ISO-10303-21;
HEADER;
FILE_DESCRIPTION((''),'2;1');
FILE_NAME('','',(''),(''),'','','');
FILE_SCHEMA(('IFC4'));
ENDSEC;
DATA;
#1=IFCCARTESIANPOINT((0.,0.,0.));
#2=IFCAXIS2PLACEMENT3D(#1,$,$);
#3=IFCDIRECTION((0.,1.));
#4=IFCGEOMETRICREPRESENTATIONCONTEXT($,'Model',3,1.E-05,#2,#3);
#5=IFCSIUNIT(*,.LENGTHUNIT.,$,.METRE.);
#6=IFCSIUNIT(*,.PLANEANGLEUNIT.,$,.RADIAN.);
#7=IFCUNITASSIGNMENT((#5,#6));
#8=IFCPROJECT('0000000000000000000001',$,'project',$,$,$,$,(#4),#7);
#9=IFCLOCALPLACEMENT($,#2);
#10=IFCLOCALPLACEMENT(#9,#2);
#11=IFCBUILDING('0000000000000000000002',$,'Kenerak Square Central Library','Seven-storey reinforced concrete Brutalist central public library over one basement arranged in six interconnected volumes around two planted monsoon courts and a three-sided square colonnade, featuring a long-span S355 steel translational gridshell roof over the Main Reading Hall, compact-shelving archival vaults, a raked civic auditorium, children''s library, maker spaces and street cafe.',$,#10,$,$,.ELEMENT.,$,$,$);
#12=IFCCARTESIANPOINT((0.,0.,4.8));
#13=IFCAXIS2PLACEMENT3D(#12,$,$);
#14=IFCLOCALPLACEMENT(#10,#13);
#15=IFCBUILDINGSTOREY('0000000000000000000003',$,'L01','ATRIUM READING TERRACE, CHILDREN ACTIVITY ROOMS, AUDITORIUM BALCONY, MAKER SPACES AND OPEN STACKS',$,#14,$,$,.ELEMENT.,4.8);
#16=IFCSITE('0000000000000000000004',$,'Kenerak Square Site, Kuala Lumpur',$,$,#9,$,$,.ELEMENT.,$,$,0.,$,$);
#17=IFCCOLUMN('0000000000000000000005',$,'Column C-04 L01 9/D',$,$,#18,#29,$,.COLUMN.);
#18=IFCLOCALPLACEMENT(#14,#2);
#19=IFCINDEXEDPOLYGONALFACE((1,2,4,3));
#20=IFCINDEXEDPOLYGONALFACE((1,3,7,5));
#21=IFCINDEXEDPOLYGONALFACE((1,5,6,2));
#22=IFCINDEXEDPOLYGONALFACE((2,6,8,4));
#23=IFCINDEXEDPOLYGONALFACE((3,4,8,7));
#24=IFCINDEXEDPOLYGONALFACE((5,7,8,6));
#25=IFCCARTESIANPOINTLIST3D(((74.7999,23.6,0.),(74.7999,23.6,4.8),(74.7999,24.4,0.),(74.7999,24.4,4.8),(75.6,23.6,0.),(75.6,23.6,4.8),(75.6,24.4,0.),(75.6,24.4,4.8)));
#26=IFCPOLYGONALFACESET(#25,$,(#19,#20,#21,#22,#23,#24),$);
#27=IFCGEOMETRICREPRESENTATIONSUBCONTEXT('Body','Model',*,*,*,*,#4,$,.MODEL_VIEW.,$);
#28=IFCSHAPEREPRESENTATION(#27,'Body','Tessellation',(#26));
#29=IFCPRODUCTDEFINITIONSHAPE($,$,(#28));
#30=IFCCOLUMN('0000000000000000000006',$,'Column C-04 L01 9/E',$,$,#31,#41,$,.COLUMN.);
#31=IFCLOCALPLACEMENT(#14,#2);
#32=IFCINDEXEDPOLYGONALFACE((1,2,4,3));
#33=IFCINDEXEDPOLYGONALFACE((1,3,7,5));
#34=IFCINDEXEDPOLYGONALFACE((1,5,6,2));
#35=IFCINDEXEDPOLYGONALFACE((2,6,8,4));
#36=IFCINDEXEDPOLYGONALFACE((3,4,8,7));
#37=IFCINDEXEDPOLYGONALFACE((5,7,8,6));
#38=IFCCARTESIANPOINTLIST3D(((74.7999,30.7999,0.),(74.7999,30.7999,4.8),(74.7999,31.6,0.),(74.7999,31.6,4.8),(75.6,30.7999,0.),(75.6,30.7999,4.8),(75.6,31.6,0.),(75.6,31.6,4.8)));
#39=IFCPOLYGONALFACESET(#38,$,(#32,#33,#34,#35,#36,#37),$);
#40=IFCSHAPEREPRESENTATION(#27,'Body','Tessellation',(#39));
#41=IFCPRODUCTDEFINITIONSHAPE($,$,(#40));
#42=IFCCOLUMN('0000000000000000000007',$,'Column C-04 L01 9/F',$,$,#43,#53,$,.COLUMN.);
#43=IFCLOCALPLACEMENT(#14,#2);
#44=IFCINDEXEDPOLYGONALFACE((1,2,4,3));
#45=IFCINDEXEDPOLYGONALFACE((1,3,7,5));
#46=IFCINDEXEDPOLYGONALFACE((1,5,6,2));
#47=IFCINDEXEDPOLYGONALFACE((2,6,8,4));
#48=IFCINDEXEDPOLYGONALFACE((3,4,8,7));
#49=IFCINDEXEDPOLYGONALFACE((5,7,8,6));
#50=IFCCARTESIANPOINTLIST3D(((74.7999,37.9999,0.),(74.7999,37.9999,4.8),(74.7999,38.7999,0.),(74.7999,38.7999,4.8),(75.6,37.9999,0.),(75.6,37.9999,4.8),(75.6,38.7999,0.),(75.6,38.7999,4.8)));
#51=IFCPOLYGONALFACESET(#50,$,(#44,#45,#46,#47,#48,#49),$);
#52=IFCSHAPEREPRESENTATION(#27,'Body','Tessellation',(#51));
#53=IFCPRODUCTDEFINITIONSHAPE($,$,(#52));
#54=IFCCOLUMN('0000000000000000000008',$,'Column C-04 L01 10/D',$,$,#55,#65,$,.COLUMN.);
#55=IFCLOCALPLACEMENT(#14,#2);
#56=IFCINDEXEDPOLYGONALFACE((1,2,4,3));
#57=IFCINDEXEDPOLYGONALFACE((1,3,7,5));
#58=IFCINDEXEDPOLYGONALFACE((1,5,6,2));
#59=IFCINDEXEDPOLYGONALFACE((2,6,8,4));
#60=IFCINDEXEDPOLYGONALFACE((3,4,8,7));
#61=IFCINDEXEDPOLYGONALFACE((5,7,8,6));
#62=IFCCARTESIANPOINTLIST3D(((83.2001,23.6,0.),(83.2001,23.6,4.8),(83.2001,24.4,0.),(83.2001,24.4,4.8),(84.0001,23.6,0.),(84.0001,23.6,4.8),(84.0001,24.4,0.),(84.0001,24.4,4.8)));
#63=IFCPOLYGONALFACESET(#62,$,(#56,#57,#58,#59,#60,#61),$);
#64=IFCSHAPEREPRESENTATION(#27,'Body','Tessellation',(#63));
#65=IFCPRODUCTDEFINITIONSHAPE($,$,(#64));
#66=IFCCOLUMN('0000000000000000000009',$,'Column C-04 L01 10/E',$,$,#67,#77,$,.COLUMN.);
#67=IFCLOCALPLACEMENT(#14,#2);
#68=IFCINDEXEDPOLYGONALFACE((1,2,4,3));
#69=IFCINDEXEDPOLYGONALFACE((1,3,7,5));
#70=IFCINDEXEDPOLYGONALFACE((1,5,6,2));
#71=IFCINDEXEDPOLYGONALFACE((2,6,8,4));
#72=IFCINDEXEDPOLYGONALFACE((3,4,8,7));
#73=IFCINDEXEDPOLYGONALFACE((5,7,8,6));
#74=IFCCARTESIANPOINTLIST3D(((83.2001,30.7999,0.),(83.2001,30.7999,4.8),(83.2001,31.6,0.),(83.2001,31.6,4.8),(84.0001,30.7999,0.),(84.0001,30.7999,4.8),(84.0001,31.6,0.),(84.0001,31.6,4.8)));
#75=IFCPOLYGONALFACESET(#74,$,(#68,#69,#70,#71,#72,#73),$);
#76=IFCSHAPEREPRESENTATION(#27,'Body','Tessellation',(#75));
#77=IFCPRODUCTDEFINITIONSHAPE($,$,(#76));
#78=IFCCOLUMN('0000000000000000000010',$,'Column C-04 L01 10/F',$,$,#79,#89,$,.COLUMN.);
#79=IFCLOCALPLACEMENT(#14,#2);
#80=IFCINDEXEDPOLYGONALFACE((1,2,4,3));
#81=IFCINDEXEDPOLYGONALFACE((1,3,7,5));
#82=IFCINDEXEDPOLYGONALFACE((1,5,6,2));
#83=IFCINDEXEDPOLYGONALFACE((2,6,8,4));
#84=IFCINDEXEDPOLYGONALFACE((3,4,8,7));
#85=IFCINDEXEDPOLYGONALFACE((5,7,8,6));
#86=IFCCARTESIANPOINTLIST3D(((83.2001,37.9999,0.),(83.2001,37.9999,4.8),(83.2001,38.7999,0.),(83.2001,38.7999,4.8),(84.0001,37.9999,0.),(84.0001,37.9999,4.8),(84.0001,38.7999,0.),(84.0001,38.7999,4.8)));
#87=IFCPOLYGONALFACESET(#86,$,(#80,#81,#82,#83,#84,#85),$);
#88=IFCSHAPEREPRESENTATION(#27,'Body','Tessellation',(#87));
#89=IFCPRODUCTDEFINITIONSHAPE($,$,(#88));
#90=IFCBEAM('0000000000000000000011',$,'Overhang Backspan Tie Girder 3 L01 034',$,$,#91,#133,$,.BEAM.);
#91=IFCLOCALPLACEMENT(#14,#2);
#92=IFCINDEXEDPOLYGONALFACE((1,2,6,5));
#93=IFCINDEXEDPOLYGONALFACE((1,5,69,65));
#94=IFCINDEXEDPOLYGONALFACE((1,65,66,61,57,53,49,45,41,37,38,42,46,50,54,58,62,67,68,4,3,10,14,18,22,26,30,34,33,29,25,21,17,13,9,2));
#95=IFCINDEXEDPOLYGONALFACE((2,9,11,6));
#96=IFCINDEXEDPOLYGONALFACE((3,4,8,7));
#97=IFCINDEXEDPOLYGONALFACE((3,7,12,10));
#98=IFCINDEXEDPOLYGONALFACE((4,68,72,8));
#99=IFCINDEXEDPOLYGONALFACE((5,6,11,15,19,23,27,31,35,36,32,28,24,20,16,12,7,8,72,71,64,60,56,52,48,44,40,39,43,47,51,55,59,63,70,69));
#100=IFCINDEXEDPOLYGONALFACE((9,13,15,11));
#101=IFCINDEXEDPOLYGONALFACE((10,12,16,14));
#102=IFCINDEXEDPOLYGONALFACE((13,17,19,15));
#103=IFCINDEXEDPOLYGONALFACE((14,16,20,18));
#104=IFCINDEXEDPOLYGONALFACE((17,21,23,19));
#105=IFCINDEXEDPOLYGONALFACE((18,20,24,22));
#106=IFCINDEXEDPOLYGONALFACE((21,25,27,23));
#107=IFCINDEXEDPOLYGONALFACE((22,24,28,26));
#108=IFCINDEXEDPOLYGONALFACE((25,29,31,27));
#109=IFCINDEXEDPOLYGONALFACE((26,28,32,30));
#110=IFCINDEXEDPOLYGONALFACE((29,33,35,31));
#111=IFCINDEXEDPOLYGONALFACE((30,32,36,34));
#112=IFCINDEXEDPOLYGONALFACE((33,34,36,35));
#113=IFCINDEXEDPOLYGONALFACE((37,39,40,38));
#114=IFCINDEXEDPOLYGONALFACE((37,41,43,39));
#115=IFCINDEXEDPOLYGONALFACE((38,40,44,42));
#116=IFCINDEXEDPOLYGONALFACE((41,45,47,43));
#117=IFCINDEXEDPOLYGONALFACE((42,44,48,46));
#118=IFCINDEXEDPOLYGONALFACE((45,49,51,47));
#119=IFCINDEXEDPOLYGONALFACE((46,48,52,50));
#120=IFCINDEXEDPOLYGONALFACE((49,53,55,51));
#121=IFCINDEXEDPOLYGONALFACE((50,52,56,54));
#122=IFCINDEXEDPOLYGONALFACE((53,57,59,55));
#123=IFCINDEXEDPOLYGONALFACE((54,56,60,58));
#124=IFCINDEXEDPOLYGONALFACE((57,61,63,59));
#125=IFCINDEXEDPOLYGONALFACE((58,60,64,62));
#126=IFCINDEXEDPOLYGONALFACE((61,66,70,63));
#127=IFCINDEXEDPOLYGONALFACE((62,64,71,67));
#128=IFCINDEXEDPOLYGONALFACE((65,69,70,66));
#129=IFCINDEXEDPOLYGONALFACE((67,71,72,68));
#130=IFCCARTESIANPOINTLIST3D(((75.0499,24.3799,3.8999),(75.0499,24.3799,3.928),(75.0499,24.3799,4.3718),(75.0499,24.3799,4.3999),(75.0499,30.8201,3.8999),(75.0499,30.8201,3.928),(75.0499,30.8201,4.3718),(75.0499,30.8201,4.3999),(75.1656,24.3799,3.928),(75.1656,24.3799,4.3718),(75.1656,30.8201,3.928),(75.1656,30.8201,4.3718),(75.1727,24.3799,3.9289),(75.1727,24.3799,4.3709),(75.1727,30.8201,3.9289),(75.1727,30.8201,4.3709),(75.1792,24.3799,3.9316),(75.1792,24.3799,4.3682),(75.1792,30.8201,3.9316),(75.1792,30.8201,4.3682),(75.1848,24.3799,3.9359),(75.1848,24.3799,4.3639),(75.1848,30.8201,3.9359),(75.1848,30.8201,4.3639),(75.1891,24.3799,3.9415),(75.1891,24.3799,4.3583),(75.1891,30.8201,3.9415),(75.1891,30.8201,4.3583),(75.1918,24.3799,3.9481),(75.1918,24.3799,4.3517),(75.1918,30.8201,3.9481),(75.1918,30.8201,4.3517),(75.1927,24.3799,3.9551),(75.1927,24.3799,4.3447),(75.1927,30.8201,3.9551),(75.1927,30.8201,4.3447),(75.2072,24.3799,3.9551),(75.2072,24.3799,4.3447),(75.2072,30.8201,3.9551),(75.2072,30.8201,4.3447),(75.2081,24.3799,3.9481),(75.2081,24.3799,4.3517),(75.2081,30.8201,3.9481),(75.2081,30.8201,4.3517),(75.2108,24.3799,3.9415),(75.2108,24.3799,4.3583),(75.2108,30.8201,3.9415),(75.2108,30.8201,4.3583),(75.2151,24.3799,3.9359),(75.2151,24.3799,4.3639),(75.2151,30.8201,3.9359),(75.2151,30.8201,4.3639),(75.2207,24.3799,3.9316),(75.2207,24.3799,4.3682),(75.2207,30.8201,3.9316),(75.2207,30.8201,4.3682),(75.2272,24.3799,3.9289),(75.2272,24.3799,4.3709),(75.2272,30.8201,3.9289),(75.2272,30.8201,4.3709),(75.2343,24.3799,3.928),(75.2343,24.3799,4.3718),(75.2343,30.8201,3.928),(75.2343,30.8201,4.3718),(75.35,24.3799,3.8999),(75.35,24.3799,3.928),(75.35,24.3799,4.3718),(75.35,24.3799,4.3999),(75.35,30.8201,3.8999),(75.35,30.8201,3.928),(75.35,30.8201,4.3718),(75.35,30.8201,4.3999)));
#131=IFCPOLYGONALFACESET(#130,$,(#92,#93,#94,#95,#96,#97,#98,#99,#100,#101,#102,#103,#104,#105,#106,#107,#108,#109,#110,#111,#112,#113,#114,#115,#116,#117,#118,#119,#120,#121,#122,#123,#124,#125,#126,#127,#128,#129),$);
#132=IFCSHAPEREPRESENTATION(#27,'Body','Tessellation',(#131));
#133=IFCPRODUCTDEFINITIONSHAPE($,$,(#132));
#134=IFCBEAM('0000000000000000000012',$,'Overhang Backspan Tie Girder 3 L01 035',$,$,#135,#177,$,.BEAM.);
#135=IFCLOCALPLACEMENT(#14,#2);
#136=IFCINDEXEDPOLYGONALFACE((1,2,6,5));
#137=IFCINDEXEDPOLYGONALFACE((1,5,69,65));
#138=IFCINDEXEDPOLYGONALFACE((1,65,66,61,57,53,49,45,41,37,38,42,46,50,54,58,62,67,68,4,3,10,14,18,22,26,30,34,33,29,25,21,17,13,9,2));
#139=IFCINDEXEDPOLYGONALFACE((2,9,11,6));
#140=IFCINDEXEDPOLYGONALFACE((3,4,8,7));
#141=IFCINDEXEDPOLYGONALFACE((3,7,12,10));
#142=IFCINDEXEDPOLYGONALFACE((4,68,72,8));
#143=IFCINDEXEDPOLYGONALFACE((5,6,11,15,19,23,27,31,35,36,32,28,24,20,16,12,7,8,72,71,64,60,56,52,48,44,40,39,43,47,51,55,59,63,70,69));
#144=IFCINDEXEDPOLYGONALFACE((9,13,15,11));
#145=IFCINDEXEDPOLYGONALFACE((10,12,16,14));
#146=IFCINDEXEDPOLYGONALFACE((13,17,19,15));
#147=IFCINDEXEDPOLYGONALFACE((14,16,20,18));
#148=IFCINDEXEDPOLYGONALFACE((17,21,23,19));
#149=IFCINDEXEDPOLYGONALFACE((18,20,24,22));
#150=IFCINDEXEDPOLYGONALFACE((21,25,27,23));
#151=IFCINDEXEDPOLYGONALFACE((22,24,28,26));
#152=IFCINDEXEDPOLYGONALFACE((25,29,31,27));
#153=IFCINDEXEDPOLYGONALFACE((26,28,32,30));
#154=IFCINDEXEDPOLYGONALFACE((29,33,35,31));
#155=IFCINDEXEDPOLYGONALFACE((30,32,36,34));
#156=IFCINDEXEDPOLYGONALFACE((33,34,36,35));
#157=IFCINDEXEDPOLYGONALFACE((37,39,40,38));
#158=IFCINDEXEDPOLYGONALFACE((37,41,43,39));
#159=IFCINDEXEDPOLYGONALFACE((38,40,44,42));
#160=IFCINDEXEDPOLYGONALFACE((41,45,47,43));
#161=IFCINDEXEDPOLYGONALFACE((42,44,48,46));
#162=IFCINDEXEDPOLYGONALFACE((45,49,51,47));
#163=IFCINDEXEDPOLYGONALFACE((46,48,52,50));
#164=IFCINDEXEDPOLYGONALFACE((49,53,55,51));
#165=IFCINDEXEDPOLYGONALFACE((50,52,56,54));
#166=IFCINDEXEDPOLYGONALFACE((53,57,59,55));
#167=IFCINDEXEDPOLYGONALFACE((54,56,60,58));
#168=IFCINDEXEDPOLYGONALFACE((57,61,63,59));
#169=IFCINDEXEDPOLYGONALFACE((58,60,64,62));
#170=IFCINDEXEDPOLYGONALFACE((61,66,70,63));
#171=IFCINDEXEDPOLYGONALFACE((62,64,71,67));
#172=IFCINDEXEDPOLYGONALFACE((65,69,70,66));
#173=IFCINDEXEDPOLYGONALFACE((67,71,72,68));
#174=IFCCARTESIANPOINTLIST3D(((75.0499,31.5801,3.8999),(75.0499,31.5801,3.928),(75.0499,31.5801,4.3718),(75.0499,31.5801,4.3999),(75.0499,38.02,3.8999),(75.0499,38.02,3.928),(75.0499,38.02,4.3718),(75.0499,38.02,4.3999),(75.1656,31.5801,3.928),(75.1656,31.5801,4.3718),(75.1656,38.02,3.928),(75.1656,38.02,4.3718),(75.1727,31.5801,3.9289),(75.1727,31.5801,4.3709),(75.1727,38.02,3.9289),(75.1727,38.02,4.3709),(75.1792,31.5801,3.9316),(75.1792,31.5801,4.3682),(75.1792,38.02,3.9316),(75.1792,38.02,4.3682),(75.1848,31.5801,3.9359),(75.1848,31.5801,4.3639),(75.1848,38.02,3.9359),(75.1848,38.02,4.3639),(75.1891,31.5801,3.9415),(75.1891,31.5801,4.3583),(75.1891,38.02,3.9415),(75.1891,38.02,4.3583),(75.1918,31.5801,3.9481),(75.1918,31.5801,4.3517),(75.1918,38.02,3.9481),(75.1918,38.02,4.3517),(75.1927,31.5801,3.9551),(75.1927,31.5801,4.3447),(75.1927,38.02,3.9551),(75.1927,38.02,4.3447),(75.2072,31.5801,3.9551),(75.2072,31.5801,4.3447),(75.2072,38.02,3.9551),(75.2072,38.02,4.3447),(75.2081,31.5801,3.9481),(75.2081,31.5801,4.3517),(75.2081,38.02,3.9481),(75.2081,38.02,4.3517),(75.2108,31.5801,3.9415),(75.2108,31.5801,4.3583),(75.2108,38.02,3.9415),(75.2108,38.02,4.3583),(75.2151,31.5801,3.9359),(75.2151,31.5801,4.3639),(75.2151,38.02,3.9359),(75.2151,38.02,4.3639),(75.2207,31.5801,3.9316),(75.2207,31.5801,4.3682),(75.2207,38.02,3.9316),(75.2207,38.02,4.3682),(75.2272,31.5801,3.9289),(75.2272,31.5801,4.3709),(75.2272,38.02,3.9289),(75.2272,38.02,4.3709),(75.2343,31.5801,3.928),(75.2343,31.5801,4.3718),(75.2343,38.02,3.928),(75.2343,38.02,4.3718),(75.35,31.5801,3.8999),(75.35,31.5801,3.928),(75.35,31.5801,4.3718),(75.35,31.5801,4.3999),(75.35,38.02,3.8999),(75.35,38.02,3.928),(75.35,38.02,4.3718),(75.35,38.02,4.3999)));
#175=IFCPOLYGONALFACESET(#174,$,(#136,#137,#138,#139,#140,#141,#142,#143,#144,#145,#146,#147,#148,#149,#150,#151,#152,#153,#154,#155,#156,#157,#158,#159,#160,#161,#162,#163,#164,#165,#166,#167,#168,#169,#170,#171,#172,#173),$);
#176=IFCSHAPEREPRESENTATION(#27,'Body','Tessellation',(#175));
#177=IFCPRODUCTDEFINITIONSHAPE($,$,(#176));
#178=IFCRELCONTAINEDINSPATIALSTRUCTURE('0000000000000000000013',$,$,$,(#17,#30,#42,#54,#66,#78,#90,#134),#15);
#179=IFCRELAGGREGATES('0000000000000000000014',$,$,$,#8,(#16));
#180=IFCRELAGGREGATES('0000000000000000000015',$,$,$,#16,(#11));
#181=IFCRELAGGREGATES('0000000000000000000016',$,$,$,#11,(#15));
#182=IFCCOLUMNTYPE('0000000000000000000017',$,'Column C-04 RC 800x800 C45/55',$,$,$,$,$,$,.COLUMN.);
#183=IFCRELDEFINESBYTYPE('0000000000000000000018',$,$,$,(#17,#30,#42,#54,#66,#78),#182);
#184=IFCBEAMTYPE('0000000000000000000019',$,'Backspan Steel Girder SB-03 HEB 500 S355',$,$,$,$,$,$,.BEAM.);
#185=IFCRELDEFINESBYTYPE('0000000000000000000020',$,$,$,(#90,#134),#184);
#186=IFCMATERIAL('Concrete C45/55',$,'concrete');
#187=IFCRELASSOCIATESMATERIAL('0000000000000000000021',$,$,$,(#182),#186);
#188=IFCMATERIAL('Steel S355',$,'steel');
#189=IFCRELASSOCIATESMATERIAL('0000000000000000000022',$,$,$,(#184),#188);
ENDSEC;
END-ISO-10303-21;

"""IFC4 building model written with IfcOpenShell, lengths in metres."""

from ifc_helpers import new_model, si_unit, direction, frame, origin, origin_2d, place, context, subcontext, project, spatial, rectangle, i_section, extrude, material, material_profile, profile_set, type_object, element, save


model = new_model("IFC4")

# Units and contexts
model_context = context("Model", 3, precision=1e-05, world=origin(), true_north=direction((0.0, 1.0)))
body_context = subcontext(model_context, "Body", "Model", "MODEL_VIEW")
ifc_project = project(units=[si_unit("LENGTHUNIT", "METRE"), si_unit("PLANEANGLEUNIT", "RADIAN")], contexts=[model_context])

# Site, building, storey
site_placement = place(None, origin())
site = spatial("IfcSite", under=ifc_project, at=site_placement, Name="Kenerak Square Site, Kuala Lumpur", CompositionType="ELEMENT", RefElevation=0.0)
building_placement = place(site_placement, origin())
building = spatial("IfcBuilding", under=site, at=building_placement, Name="Kenerak Square Central Library", Description="Seven-storey reinforced concrete Brutalist central public library over one basement arranged in six interconnected volumes around two planted monsoon courts and a three-sided square colonnade, featuring a long-span S355 steel translational gridshell roof over the Main Reading Hall, compact-shelving archival vaults, a raked civic auditorium, children's library, maker spaces and street cafe.", CompositionType="ELEMENT")
storey_placement = place(building_placement, frame((0.0, 0.0, 4.8)))
storey = spatial("IfcBuildingStorey", under=building, at=storey_placement, Name="L01", Description="ATRIUM READING TERRACE, CHILDREN ACTIVITY ROOMS, AUDITORIUM BALCONY, MAKER SPACES AND OPEN STACKS", CompositionType="ELEMENT", Elevation=4.8)

# Columns
ifc_material_1 = material(Name="Concrete C45/55", Category="concrete")
ifc_material_profile_1 = material_profile(ifc_material_1, rectangle(XDim=0.8, YDim=0.8, at=origin_2d()), Name="RC 800x800")
ifc_profile_set_1 = profile_set([ifc_material_profile_1], Name="Concrete C45/55")
column_type = type_object("IfcColumnType", Name="Column C-04 RC 800x800 C45/55", PredefinedType="COLUMN", material=ifc_profile_set_1)
for number, where, z_axis, x_axis, name in (
    (1, (75.2, 24.0, 0.0), (0.0, 0.0, 1.0), (1.0, 0.0, 0.0), "Column C-04 L01 9/D"),
    (2, (75.2, 31.2, 0.0), (0.0, 0.0, 1.0), (1.0, 0.0, 0.0), "Column C-04 L01 9/E"),
    (3, (75.2, 38.3999, 0.0), (0.0, 0.0, 1.0), (1.0, 0.0, 0.0), "Column C-04 L01 9/F"),
    (4, (83.6001, 24.0, 0.0), (0.0, 0.0, 1.0), (1.0, 0.0, 0.0), "Column C-04 L01 10/D"),
    (5, (83.6001, 31.2, 0.0), (0.0, 0.0, 1.0), (1.0, 0.0, 0.0), "Column C-04 L01 10/E"),
    (6, (83.6001, 38.3999, 0.0), (0.0, 0.0, 1.0), (1.0, 0.0, 0.0), "Column C-04 L01 10/F"),
):
    element("IfcColumn", number, at=place(storey_placement, frame(where, z_axis=z_axis, x_axis=x_axis)), inside=storey, type_object=column_type, Name=name, PredefinedType="COLUMN", context=body_context, shape_type="SweptSolid", body=[
        extrude(rectangle(XDim=0.8, YDim=0.8, at=origin_2d()), origin(), (0.0, 0.0, 1.0), 4.8),
    ])

# Beams
ifc_material_2 = material(Name="Steel S355", Category="steel")
ifc_material_profile_2 = material_profile(ifc_material_2, i_section(OverallWidth=0.3, OverallDepth=0.5, WebThickness=0.0144, FlangeThickness=0.0281, FilletRadius=0.0271, at=origin_2d()), Name="HEB 500")
ifc_profile_set_2 = profile_set([ifc_material_profile_2], Name="Steel S355")
beam_type_1 = type_object("IfcBeamType", Name="Backspan Steel Girder SB-03 HEB 500 S355", PredefinedType="BEAM", material=ifc_profile_set_2)
beam_1_placement = place(storey_placement, frame((75.2, 24.3799, 4.1499), z_axis=(0.0, 1.0, 0.0), x_axis=(-1.0, 0.0, 0.0)))
element("IfcBeam", 7, at=beam_1_placement, inside=storey, type_object=beam_type_1, Name="Overhang Backspan Tie Girder 3 L01 034", PredefinedType="BEAM", context=body_context, shape_type="SweptSolid", body=[
    extrude(i_section(OverallWidth=0.3, OverallDepth=0.5, WebThickness=0.0144, FlangeThickness=0.0281, FilletRadius=0.0271, at=origin_2d()), origin(), (0.0, 0.0, 1.0), 6.4402),
])
beam_2_placement = place(storey_placement, frame((75.2, 31.5801, 4.1499), z_axis=(0.0, 1.0, 0.0), x_axis=(-1.0, 0.0, 0.0)))
element("IfcBeam", 8, at=beam_2_placement, inside=storey, type_object=beam_type_1, Name="Overhang Backspan Tie Girder 3 L01 035", PredefinedType="BEAM", context=body_context, shape_type="SweptSolid", body=[
    extrude(i_section(OverallWidth=0.3, OverallDepth=0.5, WebThickness=0.0144, FlangeThickness=0.0281, FilletRadius=0.0271, at=origin_2d()), origin(), (0.0, 0.0, 1.0), 6.4399),
])

save(model, "model.ifc")
